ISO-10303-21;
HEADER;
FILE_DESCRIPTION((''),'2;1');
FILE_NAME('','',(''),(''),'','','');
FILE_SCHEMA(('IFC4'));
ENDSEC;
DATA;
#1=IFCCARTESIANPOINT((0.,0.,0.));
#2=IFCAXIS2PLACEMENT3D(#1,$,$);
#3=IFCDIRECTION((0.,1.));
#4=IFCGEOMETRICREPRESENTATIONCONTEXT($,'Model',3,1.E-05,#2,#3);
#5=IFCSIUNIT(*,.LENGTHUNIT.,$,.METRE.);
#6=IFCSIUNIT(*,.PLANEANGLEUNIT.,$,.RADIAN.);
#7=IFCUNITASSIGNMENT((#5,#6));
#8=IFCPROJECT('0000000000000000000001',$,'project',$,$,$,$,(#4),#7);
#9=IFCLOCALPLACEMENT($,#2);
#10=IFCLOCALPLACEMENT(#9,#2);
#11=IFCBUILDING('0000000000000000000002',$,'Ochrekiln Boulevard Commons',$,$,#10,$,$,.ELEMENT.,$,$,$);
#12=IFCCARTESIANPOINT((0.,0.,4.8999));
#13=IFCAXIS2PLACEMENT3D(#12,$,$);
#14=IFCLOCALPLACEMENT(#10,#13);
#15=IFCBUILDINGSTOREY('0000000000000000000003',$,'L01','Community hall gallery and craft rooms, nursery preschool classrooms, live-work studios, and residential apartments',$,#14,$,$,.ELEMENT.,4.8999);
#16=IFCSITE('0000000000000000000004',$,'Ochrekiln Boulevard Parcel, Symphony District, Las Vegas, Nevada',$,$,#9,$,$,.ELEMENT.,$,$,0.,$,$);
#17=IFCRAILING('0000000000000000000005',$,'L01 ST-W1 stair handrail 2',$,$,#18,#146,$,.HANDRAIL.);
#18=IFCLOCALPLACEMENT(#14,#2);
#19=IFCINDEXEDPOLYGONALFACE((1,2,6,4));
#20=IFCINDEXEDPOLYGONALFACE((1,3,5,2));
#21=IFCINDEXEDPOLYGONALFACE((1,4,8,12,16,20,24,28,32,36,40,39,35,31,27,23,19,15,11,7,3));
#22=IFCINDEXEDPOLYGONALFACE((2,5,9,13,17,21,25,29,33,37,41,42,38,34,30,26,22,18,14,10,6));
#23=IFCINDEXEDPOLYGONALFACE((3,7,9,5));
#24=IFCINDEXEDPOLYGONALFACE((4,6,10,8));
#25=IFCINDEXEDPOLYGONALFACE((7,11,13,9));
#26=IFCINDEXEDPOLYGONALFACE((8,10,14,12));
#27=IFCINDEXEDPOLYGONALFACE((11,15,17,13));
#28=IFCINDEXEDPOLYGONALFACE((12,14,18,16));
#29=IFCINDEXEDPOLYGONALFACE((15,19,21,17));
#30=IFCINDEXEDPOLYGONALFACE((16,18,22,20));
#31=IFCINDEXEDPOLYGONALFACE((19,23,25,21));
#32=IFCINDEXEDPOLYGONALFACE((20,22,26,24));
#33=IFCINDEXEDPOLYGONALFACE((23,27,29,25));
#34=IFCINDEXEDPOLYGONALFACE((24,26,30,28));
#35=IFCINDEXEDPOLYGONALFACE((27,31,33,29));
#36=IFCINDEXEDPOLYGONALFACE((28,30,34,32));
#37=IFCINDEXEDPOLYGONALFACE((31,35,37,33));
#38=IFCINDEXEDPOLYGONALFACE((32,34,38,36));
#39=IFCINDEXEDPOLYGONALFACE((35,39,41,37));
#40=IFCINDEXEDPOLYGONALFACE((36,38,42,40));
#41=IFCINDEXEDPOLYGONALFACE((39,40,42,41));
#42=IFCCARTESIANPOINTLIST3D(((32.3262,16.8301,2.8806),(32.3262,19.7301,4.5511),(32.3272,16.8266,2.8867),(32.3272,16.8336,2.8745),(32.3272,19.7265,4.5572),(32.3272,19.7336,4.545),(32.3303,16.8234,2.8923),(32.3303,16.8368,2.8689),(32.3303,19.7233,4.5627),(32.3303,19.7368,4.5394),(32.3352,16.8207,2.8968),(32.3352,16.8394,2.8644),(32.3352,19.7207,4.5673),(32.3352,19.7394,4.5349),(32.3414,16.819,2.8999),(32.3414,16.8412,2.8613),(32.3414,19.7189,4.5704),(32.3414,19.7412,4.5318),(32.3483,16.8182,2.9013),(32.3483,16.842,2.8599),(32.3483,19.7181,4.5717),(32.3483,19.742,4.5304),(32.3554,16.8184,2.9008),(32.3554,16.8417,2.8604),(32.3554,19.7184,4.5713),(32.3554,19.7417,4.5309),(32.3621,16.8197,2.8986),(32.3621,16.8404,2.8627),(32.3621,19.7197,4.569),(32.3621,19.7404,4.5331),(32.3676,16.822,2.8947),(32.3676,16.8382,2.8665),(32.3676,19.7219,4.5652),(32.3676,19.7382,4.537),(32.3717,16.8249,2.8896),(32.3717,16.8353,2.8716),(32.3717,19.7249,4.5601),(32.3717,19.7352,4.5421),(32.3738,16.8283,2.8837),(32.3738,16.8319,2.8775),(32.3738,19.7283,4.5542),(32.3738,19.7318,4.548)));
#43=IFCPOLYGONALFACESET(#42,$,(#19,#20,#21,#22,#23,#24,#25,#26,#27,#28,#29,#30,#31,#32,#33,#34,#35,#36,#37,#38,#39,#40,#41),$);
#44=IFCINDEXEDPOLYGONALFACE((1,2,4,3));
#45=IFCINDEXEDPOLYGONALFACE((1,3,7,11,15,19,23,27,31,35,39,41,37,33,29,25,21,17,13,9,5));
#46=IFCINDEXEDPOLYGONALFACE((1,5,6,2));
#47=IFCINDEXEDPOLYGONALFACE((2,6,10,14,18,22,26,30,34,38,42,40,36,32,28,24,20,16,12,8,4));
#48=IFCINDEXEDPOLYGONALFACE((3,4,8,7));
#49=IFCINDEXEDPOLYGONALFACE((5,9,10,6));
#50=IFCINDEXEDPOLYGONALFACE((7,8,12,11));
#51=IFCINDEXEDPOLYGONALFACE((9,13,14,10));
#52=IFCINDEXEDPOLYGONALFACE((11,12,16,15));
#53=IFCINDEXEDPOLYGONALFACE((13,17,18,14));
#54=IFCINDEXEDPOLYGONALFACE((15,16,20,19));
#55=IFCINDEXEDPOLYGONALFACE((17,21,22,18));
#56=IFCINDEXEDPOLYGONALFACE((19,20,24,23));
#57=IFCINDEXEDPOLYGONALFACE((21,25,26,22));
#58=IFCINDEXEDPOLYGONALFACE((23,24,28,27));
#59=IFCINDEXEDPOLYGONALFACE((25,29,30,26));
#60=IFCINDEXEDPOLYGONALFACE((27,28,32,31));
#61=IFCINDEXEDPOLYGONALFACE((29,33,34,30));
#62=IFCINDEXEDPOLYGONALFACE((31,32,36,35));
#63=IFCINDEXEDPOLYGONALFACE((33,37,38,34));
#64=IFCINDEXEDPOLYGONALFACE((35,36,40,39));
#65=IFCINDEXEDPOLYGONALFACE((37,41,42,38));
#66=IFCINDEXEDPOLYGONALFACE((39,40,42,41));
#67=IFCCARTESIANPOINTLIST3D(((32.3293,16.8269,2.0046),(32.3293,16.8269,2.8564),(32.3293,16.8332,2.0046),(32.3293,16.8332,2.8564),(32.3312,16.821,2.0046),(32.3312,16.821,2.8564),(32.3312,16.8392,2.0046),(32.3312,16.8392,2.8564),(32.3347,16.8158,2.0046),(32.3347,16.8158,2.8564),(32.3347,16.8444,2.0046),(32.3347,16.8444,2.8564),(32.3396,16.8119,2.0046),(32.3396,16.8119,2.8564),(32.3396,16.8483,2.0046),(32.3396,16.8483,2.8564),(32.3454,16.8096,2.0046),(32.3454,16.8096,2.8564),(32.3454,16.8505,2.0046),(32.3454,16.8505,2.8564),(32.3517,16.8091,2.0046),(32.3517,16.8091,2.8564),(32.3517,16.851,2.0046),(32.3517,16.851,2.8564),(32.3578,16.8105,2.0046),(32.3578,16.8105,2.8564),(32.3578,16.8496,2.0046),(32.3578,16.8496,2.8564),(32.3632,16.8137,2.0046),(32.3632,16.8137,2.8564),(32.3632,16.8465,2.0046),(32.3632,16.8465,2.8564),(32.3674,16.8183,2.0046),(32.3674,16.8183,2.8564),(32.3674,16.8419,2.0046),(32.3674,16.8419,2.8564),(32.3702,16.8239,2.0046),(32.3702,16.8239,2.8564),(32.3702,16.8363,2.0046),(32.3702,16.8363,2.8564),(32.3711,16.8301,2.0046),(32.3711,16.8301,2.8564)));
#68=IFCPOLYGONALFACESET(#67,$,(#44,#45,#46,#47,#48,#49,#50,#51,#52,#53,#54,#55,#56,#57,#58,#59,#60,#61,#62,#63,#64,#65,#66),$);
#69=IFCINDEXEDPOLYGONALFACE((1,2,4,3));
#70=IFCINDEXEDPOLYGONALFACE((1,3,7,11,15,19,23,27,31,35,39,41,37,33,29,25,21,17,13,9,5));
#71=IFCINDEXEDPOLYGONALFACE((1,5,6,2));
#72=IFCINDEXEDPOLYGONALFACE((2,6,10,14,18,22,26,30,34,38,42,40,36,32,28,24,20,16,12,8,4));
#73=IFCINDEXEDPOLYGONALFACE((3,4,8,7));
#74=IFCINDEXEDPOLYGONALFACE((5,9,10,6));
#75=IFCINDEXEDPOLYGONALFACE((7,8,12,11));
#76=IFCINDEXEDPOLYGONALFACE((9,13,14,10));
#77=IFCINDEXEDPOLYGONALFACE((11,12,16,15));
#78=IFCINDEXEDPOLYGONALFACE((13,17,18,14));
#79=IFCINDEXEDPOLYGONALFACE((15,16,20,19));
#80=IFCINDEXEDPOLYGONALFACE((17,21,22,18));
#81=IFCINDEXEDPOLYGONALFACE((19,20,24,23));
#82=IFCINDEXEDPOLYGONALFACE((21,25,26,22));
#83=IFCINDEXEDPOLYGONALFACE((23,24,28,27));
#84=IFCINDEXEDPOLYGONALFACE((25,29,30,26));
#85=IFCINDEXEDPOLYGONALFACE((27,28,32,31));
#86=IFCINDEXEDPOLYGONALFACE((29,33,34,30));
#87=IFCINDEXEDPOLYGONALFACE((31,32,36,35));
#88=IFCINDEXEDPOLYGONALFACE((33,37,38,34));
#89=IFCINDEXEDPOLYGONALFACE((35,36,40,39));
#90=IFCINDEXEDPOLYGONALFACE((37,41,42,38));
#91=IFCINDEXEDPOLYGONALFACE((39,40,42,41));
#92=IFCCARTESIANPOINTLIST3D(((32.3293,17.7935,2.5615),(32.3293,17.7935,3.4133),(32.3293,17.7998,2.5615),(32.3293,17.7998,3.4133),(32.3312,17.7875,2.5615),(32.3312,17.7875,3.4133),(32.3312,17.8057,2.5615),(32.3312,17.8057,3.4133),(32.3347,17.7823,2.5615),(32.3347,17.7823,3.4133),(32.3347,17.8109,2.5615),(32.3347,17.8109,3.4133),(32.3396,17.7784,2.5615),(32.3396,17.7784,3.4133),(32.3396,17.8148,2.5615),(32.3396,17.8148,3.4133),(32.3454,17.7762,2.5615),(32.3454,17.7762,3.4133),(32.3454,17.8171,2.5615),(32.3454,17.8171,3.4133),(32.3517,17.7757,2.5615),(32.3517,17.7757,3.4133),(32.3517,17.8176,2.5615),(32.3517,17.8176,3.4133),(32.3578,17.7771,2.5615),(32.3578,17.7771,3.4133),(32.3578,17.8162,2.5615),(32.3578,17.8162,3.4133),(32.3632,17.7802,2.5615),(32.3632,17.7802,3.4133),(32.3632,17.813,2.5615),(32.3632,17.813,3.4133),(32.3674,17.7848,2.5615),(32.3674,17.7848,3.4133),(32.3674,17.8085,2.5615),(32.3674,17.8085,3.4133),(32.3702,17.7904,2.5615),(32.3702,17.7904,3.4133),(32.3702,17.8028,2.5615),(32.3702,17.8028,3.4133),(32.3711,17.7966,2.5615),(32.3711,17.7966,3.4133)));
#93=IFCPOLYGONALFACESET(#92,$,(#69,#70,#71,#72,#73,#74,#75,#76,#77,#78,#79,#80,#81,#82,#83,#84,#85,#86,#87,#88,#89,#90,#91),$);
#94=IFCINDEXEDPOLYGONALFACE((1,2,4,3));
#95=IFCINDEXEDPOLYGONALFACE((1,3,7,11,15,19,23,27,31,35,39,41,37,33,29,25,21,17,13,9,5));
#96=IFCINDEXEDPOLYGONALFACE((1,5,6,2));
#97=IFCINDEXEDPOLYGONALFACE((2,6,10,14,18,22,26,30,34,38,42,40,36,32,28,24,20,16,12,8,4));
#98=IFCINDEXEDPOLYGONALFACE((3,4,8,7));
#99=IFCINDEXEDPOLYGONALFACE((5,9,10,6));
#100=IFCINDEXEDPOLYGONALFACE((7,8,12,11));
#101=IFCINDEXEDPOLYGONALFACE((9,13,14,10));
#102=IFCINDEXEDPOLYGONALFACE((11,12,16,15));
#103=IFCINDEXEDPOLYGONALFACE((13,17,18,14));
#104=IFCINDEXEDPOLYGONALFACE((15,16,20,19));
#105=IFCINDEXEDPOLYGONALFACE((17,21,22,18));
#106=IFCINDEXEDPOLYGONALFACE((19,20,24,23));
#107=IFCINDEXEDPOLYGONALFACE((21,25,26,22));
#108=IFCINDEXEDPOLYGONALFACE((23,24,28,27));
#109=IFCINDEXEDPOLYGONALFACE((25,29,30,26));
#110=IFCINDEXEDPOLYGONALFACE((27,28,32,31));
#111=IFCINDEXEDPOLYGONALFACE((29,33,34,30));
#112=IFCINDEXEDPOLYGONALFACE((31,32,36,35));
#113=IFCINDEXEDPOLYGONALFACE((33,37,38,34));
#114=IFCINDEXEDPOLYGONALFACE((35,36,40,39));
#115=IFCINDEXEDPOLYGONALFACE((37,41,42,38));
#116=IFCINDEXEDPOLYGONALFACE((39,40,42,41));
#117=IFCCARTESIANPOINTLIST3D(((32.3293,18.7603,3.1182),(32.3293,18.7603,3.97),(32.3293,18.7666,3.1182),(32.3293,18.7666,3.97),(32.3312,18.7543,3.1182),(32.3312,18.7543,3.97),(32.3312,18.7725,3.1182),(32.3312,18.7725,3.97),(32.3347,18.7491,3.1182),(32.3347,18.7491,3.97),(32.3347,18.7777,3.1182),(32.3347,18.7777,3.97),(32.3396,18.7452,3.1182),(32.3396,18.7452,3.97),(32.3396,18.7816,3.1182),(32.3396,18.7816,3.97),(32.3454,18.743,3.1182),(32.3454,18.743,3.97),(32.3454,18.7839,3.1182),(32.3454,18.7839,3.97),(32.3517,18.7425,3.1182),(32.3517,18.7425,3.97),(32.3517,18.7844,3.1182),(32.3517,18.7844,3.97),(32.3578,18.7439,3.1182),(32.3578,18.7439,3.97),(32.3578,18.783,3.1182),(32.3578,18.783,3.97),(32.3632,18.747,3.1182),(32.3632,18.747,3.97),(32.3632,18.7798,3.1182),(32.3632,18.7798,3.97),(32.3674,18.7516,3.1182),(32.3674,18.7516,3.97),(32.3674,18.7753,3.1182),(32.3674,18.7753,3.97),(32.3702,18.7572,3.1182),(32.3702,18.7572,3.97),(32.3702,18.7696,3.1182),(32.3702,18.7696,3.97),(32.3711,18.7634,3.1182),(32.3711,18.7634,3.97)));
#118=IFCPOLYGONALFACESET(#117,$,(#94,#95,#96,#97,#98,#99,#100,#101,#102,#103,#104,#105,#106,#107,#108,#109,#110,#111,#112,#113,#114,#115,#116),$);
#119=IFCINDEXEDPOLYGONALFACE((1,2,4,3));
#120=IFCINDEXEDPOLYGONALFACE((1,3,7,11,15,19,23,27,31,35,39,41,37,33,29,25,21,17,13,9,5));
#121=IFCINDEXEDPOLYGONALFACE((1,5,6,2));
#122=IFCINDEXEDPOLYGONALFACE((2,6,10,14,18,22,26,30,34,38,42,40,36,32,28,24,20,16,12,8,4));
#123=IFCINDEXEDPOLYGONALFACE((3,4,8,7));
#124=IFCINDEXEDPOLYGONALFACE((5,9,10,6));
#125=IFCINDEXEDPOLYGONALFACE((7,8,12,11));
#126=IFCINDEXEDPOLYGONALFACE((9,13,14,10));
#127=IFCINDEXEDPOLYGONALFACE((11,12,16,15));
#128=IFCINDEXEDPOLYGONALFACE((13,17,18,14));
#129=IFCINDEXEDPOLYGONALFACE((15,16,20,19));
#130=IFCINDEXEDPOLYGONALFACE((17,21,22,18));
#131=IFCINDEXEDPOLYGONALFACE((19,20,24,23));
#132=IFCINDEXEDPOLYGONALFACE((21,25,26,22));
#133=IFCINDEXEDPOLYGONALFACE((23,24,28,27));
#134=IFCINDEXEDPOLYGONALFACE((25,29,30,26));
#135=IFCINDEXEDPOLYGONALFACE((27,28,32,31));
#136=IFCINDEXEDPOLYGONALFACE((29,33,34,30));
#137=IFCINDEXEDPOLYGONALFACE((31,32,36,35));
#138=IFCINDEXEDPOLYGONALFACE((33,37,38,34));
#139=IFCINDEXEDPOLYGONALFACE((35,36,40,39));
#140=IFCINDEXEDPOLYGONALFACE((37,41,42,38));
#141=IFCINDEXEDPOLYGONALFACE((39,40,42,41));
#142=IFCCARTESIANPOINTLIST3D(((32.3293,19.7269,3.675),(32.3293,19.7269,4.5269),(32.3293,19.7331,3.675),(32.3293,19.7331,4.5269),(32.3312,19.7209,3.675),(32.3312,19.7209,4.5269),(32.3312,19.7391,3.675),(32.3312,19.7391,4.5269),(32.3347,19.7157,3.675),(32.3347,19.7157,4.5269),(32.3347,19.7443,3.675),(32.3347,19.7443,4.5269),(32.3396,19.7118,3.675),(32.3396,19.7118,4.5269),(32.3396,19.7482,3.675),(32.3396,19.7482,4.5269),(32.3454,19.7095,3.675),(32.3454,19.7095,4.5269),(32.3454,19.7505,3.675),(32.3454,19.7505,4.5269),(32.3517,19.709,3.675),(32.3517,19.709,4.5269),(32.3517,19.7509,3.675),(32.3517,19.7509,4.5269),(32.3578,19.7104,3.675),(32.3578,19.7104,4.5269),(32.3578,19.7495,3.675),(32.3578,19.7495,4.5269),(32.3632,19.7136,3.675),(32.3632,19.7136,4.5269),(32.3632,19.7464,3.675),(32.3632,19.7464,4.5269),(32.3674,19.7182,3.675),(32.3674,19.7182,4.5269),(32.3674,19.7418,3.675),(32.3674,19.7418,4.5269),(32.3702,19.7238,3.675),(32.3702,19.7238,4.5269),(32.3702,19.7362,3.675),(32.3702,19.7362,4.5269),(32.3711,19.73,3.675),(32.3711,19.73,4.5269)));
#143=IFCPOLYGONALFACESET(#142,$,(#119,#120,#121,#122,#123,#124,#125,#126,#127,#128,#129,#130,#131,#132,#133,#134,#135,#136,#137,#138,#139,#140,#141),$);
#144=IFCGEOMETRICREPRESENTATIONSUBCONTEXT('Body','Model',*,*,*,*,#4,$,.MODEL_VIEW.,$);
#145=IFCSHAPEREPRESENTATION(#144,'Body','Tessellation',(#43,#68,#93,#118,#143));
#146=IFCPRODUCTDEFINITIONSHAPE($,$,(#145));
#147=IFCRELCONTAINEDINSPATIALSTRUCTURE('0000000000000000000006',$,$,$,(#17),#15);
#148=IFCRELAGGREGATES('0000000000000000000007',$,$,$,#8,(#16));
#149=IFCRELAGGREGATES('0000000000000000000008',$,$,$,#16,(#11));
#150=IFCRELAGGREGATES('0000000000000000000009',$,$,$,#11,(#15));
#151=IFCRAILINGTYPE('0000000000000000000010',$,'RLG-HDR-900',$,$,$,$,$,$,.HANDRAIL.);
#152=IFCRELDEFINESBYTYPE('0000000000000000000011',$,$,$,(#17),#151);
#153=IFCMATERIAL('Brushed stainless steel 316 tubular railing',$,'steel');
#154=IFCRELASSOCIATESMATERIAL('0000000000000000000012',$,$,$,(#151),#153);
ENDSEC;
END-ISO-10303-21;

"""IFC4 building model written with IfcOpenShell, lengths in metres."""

from ifc_helpers import new_model, si_unit, direction, frame, origin, origin_2d, place, context, subcontext, project, spatial, circle, extrude, material, type_object, element, save


model = new_model("IFC4")

# Units and contexts
model_context = context("Model", 3, precision=1e-05, world=origin(), true_north=direction((0.0, 1.0)))
body_context = subcontext(model_context, "Body", "Model", "MODEL_VIEW")
ifc_project = project(units=[si_unit("LENGTHUNIT", "METRE"), si_unit("PLANEANGLEUNIT", "RADIAN")], contexts=[model_context])

# Site, building, storey
site_placement = place(None, origin())
site = spatial("IfcSite", under=ifc_project, at=site_placement, Name="Ochrekiln Boulevard Parcel, Symphony District, Las Vegas, Nevada", CompositionType="ELEMENT", RefElevation=0.0)
building_placement = place(site_placement, origin())
building = spatial("IfcBuilding", under=site, at=building_placement, Name="Ochrekiln Boulevard Commons", CompositionType="ELEMENT")
storey_placement = place(building_placement, frame((0.0, 0.0, 4.8999)))
storey = spatial("IfcBuildingStorey", under=building, at=storey_placement, Name="L01", Description="Community hall gallery and craft rooms, nursery preschool classrooms, live-work studios, and residential apartments", CompositionType="ELEMENT", Elevation=4.8999)

# Railing
ifc_material_1 = material(Name="Brushed stainless steel 316 tubular railing", Category="steel")
railing_type_1 = type_object("IfcRailingType", Name="RLG-HDR-900", PredefinedType="HANDRAIL", material=ifc_material_1)
railing_1_placement = place(storey_placement, frame((32.3501, 16.8301, 2.0046)))
element("IfcRailing", 1, at=railing_1_placement, inside=storey, type_object=railing_type_1, Name="L01 ST-W1 stair handrail 2", PredefinedType="HANDRAIL", context=body_context, shape_type="SweptSolid", body=[
    extrude(circle(Radius=0.0239, at=origin_2d()), frame((0.0, 0.0, 0.876), z_axis=(0.0, 0.866523, 0.499137), x_axis=(-1.0, 0.0, 0.0)), (0.0, 0.0, 1.0), 3.3467),
    extrude(circle(Radius=0.021, at=origin_2d()), origin(), (0.0, 0.0, 1.0), 0.8518),
    extrude(circle(Radius=0.021, at=origin_2d()), frame((0.0, 0.9666, 0.5569)), (0.0, 0.0, 1.0), 0.8518),
    extrude(circle(Radius=0.021, at=origin_2d()), frame((0.0, 1.9333, 1.1135)), (0.0, 0.0, 1.0), 0.8518),
    extrude(circle(Radius=0.021, at=origin_2d()), frame((0.0, 2.8999, 1.6704)), (0.0, 0.0, 1.0), 0.8518),
])

save(model, "model.ifc")
